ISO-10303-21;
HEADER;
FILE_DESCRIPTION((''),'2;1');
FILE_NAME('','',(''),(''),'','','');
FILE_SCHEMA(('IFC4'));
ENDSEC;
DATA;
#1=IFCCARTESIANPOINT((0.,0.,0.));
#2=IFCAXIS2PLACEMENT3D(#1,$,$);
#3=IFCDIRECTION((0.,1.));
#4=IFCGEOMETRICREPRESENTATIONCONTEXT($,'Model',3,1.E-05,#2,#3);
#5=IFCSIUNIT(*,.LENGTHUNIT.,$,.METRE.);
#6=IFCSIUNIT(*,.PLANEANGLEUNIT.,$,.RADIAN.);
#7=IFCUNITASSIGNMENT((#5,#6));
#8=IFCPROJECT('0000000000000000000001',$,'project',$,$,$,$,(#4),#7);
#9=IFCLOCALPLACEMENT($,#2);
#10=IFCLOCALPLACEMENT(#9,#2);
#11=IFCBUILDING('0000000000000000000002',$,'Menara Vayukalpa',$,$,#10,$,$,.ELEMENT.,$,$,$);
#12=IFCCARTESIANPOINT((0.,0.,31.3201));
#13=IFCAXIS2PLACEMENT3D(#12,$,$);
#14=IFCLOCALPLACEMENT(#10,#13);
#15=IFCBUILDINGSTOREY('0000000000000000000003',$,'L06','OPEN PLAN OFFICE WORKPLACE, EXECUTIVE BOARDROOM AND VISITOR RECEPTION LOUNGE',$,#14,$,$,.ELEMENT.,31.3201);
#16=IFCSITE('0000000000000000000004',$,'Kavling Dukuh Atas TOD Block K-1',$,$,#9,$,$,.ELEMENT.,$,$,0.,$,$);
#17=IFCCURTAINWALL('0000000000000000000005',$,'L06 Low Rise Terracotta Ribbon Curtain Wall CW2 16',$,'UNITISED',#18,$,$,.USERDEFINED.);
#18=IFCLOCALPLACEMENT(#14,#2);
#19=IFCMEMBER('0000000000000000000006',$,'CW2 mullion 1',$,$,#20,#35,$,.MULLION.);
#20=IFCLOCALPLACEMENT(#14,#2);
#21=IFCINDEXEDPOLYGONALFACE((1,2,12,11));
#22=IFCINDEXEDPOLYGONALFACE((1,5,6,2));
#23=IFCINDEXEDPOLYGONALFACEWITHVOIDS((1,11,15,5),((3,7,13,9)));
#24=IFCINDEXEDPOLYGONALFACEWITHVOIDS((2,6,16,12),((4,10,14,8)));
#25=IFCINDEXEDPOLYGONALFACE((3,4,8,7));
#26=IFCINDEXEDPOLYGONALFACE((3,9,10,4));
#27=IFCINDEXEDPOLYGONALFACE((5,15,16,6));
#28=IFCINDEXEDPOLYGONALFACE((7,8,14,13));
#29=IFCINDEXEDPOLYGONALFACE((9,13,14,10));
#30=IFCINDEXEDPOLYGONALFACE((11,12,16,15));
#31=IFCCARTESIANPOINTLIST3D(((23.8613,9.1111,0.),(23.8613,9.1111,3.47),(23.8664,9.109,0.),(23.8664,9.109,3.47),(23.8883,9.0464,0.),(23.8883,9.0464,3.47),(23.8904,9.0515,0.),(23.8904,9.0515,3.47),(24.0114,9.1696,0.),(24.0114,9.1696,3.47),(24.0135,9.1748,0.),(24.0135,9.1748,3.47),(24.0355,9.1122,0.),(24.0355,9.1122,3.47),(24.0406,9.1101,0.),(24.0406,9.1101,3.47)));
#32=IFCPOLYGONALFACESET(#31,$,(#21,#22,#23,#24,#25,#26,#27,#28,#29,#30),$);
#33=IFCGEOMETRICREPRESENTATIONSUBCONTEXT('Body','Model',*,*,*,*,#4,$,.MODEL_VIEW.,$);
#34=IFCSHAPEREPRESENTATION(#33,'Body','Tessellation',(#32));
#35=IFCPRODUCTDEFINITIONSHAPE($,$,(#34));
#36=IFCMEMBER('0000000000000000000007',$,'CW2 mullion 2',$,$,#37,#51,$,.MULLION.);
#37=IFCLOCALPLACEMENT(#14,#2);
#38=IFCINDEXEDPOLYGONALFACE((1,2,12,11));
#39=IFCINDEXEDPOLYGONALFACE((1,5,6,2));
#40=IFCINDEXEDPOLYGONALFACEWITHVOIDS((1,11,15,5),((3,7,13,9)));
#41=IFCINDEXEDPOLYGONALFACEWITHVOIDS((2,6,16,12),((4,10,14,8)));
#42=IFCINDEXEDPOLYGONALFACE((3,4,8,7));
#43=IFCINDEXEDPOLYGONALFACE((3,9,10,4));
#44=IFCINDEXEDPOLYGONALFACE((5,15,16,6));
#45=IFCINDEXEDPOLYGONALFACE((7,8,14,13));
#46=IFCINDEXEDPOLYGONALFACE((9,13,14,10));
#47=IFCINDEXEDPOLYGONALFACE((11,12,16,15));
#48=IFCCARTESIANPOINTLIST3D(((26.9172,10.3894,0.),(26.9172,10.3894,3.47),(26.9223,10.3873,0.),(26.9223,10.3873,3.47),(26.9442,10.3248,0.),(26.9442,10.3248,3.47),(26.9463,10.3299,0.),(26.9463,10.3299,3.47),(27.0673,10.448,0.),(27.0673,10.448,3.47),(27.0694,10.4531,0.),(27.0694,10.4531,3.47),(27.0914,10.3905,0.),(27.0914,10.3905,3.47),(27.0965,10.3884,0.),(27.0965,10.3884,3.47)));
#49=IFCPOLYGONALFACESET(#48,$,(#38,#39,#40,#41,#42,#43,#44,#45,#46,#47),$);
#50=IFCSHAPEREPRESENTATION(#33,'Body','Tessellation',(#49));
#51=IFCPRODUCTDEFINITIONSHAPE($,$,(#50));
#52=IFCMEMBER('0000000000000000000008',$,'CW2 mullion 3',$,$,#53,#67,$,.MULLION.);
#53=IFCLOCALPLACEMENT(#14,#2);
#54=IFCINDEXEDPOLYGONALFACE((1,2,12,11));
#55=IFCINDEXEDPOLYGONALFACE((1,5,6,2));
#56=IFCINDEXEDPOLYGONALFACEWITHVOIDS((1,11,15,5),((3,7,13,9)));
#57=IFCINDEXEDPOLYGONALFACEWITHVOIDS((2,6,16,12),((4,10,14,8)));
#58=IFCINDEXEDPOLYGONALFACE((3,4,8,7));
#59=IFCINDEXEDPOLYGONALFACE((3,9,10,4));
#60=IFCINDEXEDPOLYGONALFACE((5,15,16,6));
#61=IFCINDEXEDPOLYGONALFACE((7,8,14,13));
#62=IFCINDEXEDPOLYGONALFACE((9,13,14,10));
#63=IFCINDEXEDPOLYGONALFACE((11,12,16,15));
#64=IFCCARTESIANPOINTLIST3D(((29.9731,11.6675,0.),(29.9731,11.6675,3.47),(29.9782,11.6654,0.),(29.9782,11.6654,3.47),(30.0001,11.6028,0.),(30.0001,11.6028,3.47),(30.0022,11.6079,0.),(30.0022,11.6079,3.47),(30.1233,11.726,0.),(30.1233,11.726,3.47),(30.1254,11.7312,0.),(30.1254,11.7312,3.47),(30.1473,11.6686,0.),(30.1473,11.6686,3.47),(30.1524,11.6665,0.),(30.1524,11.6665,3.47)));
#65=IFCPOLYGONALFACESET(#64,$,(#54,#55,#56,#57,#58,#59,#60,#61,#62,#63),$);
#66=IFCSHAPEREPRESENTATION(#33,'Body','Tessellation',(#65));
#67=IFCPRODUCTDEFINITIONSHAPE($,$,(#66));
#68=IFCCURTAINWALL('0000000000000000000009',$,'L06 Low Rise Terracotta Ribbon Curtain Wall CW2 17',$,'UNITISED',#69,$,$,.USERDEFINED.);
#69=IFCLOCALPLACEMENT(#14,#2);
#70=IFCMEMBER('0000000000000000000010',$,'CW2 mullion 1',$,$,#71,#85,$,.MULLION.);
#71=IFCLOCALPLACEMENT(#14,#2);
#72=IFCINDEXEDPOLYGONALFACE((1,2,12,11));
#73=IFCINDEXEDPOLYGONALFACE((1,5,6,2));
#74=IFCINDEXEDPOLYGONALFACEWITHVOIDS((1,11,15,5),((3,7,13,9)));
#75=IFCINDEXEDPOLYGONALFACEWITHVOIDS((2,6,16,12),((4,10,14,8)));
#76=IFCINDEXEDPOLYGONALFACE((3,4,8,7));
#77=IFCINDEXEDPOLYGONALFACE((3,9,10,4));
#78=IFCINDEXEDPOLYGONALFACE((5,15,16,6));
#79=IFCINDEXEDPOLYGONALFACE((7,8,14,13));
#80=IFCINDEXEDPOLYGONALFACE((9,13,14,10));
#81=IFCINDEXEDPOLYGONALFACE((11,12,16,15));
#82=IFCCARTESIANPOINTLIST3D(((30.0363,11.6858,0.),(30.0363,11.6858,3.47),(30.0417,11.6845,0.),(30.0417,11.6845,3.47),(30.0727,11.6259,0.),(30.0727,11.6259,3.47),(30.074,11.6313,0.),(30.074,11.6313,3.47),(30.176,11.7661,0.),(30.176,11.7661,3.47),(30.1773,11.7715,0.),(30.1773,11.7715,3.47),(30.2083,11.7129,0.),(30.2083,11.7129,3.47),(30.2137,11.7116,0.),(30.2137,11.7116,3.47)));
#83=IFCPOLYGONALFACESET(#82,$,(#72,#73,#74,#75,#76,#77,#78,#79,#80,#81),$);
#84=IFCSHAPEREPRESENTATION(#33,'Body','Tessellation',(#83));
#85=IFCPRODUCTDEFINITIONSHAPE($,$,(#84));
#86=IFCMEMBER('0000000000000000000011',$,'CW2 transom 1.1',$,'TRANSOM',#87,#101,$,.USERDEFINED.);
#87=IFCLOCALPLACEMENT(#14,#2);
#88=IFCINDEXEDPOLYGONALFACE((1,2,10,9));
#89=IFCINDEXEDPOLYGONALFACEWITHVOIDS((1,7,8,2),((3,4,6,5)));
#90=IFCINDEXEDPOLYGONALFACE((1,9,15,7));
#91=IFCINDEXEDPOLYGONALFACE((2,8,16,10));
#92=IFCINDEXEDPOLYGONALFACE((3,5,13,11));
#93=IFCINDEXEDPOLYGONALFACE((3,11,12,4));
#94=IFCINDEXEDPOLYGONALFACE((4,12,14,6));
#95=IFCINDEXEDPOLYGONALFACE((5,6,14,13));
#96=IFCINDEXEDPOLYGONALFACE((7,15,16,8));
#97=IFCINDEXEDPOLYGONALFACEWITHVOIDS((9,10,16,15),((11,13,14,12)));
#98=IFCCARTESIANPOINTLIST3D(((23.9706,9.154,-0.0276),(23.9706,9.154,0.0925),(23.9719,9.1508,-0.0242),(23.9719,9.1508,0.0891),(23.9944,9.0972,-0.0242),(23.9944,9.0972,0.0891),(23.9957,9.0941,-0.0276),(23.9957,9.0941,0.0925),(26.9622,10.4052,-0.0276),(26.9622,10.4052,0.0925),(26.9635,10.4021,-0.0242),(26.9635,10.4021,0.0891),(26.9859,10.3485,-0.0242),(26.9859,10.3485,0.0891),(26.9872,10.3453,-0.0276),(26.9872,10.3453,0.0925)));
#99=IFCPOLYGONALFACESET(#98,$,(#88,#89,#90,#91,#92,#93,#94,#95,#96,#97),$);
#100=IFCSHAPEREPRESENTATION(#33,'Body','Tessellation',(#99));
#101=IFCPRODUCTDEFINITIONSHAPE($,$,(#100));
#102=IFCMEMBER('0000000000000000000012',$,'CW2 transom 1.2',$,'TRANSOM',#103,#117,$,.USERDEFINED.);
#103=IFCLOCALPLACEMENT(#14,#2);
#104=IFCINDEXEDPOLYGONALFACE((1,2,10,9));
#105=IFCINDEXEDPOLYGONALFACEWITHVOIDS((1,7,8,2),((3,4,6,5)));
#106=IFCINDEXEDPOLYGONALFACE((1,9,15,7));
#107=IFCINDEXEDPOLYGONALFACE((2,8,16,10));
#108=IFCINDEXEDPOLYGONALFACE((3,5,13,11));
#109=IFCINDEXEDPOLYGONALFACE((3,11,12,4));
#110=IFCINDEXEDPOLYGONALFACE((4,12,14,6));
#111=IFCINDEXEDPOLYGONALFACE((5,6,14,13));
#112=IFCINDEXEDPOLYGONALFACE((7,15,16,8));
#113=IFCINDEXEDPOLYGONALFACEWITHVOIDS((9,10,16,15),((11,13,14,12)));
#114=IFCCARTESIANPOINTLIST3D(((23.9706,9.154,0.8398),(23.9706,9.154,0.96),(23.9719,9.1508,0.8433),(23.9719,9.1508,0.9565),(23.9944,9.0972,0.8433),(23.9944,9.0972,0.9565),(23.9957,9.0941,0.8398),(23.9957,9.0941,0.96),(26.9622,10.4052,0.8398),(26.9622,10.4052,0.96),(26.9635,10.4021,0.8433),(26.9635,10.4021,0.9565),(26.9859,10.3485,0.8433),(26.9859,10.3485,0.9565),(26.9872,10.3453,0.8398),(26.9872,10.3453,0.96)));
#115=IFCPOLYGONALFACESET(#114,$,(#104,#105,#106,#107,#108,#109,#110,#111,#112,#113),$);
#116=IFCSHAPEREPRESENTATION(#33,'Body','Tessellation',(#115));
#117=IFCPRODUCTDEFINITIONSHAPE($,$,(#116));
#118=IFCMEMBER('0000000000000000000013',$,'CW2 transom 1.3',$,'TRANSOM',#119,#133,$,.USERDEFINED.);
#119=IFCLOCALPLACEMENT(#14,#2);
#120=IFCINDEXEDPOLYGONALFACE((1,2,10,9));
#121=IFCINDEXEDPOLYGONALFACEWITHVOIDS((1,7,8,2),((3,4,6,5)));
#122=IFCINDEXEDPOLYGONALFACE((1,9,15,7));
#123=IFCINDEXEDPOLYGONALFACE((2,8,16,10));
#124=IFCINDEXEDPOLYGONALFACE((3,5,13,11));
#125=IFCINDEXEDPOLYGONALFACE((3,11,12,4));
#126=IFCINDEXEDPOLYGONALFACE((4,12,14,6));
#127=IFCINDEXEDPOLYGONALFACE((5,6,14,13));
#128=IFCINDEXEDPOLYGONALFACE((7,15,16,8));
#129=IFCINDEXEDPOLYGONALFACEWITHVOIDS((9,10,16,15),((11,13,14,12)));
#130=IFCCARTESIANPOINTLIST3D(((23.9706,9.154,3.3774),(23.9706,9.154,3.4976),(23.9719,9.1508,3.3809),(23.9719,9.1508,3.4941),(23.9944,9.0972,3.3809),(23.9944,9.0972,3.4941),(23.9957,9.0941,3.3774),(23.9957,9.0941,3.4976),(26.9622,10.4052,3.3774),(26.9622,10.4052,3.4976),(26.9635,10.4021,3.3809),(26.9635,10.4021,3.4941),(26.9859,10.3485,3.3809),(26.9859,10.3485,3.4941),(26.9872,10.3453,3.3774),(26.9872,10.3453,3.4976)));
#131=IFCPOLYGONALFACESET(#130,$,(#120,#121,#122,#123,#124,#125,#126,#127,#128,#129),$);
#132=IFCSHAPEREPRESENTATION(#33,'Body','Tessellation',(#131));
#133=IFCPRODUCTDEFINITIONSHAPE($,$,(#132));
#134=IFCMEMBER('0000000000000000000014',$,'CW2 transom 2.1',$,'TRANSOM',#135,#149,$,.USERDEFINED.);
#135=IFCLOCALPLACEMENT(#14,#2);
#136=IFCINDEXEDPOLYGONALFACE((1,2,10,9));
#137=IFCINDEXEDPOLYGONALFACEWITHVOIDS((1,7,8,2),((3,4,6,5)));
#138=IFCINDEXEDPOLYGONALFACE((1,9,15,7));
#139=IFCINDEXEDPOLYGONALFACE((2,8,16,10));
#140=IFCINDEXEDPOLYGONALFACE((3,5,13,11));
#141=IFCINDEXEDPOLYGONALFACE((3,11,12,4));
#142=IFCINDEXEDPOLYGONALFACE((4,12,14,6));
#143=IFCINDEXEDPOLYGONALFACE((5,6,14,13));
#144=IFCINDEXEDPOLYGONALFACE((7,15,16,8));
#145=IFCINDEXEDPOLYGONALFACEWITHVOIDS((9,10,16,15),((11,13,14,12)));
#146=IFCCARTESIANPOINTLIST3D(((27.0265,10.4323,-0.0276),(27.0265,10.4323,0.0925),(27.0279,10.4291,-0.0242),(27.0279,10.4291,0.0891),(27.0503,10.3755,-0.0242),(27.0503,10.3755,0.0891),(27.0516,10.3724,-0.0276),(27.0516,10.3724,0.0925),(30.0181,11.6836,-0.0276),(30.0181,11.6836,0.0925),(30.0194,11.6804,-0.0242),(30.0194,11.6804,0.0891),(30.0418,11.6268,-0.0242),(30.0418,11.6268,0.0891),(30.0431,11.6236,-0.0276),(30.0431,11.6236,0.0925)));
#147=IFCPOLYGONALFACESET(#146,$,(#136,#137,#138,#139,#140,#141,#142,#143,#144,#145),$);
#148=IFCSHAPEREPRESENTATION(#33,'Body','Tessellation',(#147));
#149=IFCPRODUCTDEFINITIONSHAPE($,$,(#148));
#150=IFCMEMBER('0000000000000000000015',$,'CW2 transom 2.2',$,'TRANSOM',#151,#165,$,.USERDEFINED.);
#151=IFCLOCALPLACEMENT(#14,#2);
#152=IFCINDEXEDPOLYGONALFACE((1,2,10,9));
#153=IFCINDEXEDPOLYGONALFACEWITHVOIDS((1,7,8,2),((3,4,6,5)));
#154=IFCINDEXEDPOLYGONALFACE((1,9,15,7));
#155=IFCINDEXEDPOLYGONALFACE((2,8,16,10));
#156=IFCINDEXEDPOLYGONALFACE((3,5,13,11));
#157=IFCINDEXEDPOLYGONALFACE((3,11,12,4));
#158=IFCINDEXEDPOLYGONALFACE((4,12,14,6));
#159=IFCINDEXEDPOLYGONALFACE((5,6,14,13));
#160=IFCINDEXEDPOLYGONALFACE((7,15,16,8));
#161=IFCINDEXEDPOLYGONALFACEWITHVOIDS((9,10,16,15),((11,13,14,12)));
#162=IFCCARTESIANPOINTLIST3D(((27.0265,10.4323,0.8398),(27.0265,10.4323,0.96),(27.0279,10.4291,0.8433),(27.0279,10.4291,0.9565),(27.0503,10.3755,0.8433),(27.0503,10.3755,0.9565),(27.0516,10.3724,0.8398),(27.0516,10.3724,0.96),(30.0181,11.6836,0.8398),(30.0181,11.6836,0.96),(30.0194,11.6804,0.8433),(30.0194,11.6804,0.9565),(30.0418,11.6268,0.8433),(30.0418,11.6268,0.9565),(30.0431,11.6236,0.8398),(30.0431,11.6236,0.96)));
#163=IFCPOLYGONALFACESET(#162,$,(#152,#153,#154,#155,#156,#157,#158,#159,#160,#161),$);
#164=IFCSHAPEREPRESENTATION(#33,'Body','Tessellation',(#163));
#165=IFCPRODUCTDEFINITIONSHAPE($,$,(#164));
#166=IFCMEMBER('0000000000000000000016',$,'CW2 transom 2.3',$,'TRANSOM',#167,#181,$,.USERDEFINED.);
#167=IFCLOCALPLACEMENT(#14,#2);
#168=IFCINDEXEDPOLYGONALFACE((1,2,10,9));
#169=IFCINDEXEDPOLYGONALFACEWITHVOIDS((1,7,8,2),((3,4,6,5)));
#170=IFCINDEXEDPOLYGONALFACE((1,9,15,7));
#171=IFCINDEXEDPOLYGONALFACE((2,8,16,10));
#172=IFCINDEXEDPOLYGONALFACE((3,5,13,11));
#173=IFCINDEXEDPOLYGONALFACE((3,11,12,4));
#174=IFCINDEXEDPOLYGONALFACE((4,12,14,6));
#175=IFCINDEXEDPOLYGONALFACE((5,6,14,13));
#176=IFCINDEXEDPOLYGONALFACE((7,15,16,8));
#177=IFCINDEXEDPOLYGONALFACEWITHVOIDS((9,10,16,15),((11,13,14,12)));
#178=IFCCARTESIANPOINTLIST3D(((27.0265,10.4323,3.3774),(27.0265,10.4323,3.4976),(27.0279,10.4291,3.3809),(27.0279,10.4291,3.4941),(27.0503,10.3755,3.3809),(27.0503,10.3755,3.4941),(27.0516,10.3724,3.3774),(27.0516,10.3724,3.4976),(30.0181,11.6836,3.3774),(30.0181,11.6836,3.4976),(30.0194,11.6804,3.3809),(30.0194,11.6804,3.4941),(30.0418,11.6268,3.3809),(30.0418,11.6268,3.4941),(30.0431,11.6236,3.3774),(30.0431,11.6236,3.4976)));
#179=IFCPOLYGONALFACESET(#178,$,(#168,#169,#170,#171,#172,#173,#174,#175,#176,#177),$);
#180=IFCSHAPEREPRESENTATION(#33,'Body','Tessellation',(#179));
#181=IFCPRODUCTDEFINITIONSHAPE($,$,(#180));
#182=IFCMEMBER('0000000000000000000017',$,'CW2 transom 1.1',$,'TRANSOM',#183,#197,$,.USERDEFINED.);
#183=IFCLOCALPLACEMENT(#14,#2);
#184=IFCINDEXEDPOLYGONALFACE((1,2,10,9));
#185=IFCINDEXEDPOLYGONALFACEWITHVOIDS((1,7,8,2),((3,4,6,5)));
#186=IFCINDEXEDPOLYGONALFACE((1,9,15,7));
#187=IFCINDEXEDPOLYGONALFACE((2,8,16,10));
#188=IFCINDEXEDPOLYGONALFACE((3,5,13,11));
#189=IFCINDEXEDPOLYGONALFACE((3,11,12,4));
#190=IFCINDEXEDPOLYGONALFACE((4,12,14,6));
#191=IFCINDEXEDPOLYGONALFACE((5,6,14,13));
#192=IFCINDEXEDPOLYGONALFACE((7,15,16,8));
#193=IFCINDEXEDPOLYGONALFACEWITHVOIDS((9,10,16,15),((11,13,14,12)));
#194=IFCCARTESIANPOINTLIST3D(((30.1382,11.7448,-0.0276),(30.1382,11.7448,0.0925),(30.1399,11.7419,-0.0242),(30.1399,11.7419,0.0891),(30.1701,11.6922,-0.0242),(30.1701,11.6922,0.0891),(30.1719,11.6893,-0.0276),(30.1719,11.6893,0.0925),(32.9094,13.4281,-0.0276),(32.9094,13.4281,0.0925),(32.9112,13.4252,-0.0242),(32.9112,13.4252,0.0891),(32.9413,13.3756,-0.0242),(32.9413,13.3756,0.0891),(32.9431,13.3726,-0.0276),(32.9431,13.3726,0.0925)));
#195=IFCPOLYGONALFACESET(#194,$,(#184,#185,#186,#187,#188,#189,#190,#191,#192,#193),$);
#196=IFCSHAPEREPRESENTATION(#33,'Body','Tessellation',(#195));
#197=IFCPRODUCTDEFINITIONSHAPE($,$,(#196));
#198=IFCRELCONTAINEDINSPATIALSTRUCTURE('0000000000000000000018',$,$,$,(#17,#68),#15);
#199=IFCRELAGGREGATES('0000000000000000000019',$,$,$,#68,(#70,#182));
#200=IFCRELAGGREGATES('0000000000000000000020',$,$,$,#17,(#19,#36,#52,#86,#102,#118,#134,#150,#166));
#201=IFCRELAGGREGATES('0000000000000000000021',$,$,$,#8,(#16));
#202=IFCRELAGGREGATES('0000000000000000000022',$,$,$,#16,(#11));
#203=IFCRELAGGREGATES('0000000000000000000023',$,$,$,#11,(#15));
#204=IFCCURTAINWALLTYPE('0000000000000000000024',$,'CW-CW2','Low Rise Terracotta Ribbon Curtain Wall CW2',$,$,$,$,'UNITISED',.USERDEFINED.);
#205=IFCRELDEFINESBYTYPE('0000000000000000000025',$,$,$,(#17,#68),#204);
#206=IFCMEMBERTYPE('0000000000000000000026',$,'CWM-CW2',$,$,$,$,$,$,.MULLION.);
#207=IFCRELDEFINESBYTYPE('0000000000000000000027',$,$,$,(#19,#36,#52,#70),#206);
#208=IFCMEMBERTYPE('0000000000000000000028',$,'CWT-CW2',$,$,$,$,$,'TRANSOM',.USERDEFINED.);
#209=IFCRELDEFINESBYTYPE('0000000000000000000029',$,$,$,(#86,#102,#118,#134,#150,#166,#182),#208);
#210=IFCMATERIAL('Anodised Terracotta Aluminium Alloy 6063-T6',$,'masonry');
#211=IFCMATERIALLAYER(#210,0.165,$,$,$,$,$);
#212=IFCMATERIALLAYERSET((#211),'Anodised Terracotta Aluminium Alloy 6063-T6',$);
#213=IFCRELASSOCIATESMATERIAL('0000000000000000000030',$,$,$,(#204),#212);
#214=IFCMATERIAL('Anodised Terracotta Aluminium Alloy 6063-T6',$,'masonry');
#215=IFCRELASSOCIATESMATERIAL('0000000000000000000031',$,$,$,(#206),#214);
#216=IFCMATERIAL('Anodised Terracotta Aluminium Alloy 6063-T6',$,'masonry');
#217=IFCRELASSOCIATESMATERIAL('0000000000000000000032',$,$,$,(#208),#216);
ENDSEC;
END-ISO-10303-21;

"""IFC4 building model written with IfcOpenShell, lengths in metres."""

from ifc_helpers import new_model, si_unit, direction, frame, origin, origin_2d, place, context, subcontext, project, spatial, hollow_rectangle, extrude, material, layer, layer_set, material_profile, profile_set, type_object, element, aggregate, save


model = new_model("IFC4")

# Units and contexts
model_context = context("Model", 3, precision=1e-05, world=origin(), true_north=direction((0.0, 1.0)))
body_context = subcontext(model_context, "Body", "Model", "MODEL_VIEW")
ifc_project = project(units=[si_unit("LENGTHUNIT", "METRE"), si_unit("PLANEANGLEUNIT", "RADIAN")], contexts=[model_context])

# Site, building, storey
site_placement = place(None, origin())
site = spatial("IfcSite", under=ifc_project, at=site_placement, Name="Kavling Dukuh Atas TOD Block K-1", CompositionType="ELEMENT", RefElevation=0.0)
building_placement = place(site_placement, origin())
building = spatial("IfcBuilding", under=site, at=building_placement, Name="Menara Vayukalpa", CompositionType="ELEMENT")
storey_placement = place(building_placement, frame((0.0, 0.0, 31.3201)))
storey = spatial("IfcBuildingStorey", under=building, at=storey_placement, Name="L06", Description="OPEN PLAN OFFICE WORKPLACE, EXECUTIVE BOARDROOM AND VISITOR RECEPTION LOUNGE", CompositionType="ELEMENT", Elevation=31.3201)

# Curtain wall, members
ifc_material_1 = material(Name="Anodised Terracotta Aluminium Alloy 6063-T6", Category="masonry")
ifc_layer_1 = layer(ifc_material_1, 0.165)
ifc_layer_set_1 = layer_set([ifc_layer_1], Name="Anodised Terracotta Aluminium Alloy 6063-T6")
curtain_wall_type = type_object("IfcCurtainWallType", Name="CW-CW2", Description="Low Rise Terracotta Ribbon Curtain Wall CW2", ElementType="UNITISED", PredefinedType="USERDEFINED", material=ifc_layer_set_1)
curtain_wall_1_placement = place(storey_placement, origin())
curtain_wall_1 = element("IfcCurtainWall", 1, at=curtain_wall_1_placement, inside=storey, type_object=curtain_wall_type, Name="L06 Low Rise Terracotta Ribbon Curtain Wall CW2 16", ObjectType="UNITISED", PredefinedType="USERDEFINED")
ifc_material_2 = material(Name="Anodised Terracotta Aluminium Alloy 6063-T6", Category="masonry")
ifc_material_profile_1 = material_profile(ifc_material_2, hollow_rectangle(XDim=0.0701, YDim=0.165, WallThickness=0.0039, at=origin_2d()), Name="ALU 70x165x4")
ifc_profile_set_1 = profile_set([ifc_material_profile_1], Name="Anodised Terracotta Aluminium Alloy 6063-T6")
member_type_1 = type_object("IfcMemberType", Name="CWM-CW2", PredefinedType="MULLION", material=ifc_profile_set_1)
member_1_placement = place(storey_placement, frame((23.9509, 9.1106, 0.0), z_axis=(0.0, 0.0, 1.0), x_axis=(-0.385895, 0.922543, 0.0)))
member_1 = element("IfcMember", 2, at=member_1_placement, type_object=member_type_1, Name="CW2 mullion 1", PredefinedType="MULLION", context=body_context, shape_type="SweptSolid", body=[
    extrude(hollow_rectangle(XDim=0.0701, YDim=0.165, WallThickness=0.0039, at=origin_2d()), origin(), (0.0, 0.0, 1.0), 3.47),
])
member_2_placement = place(storey_placement, frame((27.0068, 10.3889, 0.0), z_axis=(0.0, 0.0, 1.0), x_axis=(-0.385895, 0.922543, 0.0)))
member_2 = element("IfcMember", 3, at=member_2_placement, type_object=member_type_1, Name="CW2 mullion 2", PredefinedType="MULLION", context=body_context, shape_type="SweptSolid", body=[
    extrude(hollow_rectangle(XDim=0.0701, YDim=0.165, WallThickness=0.0039, at=origin_2d()), origin(), (0.0, 0.0, 1.0), 3.47),
])
member_3_placement = place(storey_placement, frame((30.0627, 11.667, 0.0), z_axis=(0.0, 0.0, 1.0), x_axis=(-0.385895, 0.922543, 0.0)))
member_3 = element("IfcMember", 4, at=member_3_placement, type_object=member_type_1, Name="CW2 mullion 3", PredefinedType="MULLION", context=body_context, shape_type="SweptSolid", body=[
    extrude(hollow_rectangle(XDim=0.0701, YDim=0.165, WallThickness=0.0039, at=origin_2d()), origin(), (0.0, 0.0, 1.0), 3.47),
])

# Curtain wall, member
curtain_wall_2_placement = place(storey_placement, origin())
curtain_wall_2 = element("IfcCurtainWall", 5, at=curtain_wall_2_placement, inside=storey, type_object=curtain_wall_type, Name="L06 Low Rise Terracotta Ribbon Curtain Wall CW2 17", ObjectType="UNITISED", PredefinedType="USERDEFINED")
member_4_placement = place(storey_placement, frame((30.125, 11.6987, 0.0), z_axis=(0.0, 0.0, 1.0), x_axis=(-0.519182, 0.854664, 0.0)))
member_4 = element("IfcMember", 6, at=member_4_placement, type_object=member_type_1, Name="CW2 mullion 1", PredefinedType="MULLION", context=body_context, shape_type="SweptSolid", body=[
    extrude(hollow_rectangle(XDim=0.0701, YDim=0.165, WallThickness=0.0039, at=origin_2d()), origin(), (0.0, 0.0, 1.0), 3.47),
])

# Members
ifc_material_3 = material(Name="Anodised Terracotta Aluminium Alloy 6063-T6", Category="masonry")
ifc_material_profile_2 = material_profile(ifc_material_3, hollow_rectangle(XDim=0.0649, YDim=0.1201, WallThickness=0.0034, at=origin_2d()), Name="ALU 65x120x3.5")
ifc_profile_set_2 = profile_set([ifc_material_profile_2], Name="Anodised Terracotta Aluminium Alloy 6063-T6")
member_type_2 = type_object("IfcMemberType", Name="CWT-CW2", ElementType="TRANSOM", PredefinedType="USERDEFINED", material=ifc_profile_set_2)
member_5_placement = place(storey_placement, frame((23.9832, 9.124, 0.0325), z_axis=(0.922553, 0.385871, 0.0), x_axis=(-0.385871, 0.922553, 0.0)))
member_5 = element("IfcMember", 7, at=member_5_placement, type_object=member_type_2, Name="CW2 transom 1.1", ObjectType="TRANSOM", PredefinedType="USERDEFINED", context=body_context, shape_type="SweptSolid", body=[
    extrude(hollow_rectangle(XDim=0.0649, YDim=0.1201, WallThickness=0.0034, at=origin_2d()), origin(), (0.0, 0.0, 1.0), 3.2427),
])
member_6_placement = place(storey_placement, frame((23.9832, 9.124, 0.8999), z_axis=(0.922553, 0.385871, 0.0), x_axis=(-0.385871, 0.922553, 0.0)))
member_6 = element("IfcMember", 8, at=member_6_placement, type_object=member_type_2, Name="CW2 transom 1.2", ObjectType="TRANSOM", PredefinedType="USERDEFINED", context=body_context, shape_type="SweptSolid", body=[
    extrude(hollow_rectangle(XDim=0.0649, YDim=0.1201, WallThickness=0.0034, at=origin_2d()), origin(), (0.0, 0.0, 1.0), 3.2427),
])
member_7_placement = place(storey_placement, frame((23.9832, 9.124, 3.4375), z_axis=(0.922553, 0.385871, 0.0), x_axis=(-0.385871, 0.922553, 0.0)))
member_7 = element("IfcMember", 9, at=member_7_placement, type_object=member_type_2, Name="CW2 transom 1.3", ObjectType="TRANSOM", PredefinedType="USERDEFINED", context=body_context, shape_type="SweptSolid", body=[
    extrude(hollow_rectangle(XDim=0.0649, YDim=0.1201, WallThickness=0.0034, at=origin_2d()), origin(), (0.0, 0.0, 1.0), 3.2427),
])
member_8_placement = place(storey_placement, frame((27.0391, 10.4023, 0.0325), z_axis=(0.922553, 0.385871, 0.0), x_axis=(-0.385871, 0.922553, 0.0)))
member_8 = element("IfcMember", 10, at=member_8_placement, type_object=member_type_2, Name="CW2 transom 2.1", ObjectType="TRANSOM", PredefinedType="USERDEFINED", context=body_context, shape_type="SweptSolid", body=[
    extrude(hollow_rectangle(XDim=0.0649, YDim=0.1201, WallThickness=0.0034, at=origin_2d()), origin(), (0.0, 0.0, 1.0), 3.2427),
])
member_9_placement = place(storey_placement, frame((27.0391, 10.4023, 0.8999), z_axis=(0.922553, 0.385871, 0.0), x_axis=(-0.385871, 0.922553, 0.0)))
member_9 = element("IfcMember", 11, at=member_9_placement, type_object=member_type_2, Name="CW2 transom 2.2", ObjectType="TRANSOM", PredefinedType="USERDEFINED", context=body_context, shape_type="SweptSolid", body=[
    extrude(hollow_rectangle(XDim=0.0649, YDim=0.1201, WallThickness=0.0034, at=origin_2d()), origin(), (0.0, 0.0, 1.0), 3.2427),
])
member_10_placement = place(storey_placement, frame((27.0391, 10.4023, 3.4375), z_axis=(0.922553, 0.385871, 0.0), x_axis=(-0.385871, 0.922553, 0.0)))
member_10 = element("IfcMember", 12, at=member_10_placement, type_object=member_type_2, Name="CW2 transom 2.3", ObjectType="TRANSOM", PredefinedType="USERDEFINED", context=body_context, shape_type="SweptSolid", body=[
    extrude(hollow_rectangle(XDim=0.0649, YDim=0.1201, WallThickness=0.0034, at=origin_2d()), origin(), (0.0, 0.0, 1.0), 3.2427),
])
member_11_placement = place(storey_placement, frame((30.155, 11.717, 0.0325), z_axis=(0.854677, 0.519161, 0.0), x_axis=(-0.519161, 0.854677, 0.0)))
member_11 = element("IfcMember", 13, at=member_11_placement, type_object=member_type_2, Name="CW2 transom 1.1", ObjectType="TRANSOM", PredefinedType="USERDEFINED", context=body_context, shape_type="SweptSolid", body=[
    extrude(hollow_rectangle(XDim=0.0649, YDim=0.1201, WallThickness=0.0034, at=origin_2d()), origin(), (0.0, 0.0, 1.0), 3.2424),
])
aggregate(curtain_wall_2, [member_4, member_11])

aggregate(curtain_wall_1, [member_1, member_2, member_3, member_5, member_6, member_7, member_8, member_9, member_10])

save(model, "model.ifc")
